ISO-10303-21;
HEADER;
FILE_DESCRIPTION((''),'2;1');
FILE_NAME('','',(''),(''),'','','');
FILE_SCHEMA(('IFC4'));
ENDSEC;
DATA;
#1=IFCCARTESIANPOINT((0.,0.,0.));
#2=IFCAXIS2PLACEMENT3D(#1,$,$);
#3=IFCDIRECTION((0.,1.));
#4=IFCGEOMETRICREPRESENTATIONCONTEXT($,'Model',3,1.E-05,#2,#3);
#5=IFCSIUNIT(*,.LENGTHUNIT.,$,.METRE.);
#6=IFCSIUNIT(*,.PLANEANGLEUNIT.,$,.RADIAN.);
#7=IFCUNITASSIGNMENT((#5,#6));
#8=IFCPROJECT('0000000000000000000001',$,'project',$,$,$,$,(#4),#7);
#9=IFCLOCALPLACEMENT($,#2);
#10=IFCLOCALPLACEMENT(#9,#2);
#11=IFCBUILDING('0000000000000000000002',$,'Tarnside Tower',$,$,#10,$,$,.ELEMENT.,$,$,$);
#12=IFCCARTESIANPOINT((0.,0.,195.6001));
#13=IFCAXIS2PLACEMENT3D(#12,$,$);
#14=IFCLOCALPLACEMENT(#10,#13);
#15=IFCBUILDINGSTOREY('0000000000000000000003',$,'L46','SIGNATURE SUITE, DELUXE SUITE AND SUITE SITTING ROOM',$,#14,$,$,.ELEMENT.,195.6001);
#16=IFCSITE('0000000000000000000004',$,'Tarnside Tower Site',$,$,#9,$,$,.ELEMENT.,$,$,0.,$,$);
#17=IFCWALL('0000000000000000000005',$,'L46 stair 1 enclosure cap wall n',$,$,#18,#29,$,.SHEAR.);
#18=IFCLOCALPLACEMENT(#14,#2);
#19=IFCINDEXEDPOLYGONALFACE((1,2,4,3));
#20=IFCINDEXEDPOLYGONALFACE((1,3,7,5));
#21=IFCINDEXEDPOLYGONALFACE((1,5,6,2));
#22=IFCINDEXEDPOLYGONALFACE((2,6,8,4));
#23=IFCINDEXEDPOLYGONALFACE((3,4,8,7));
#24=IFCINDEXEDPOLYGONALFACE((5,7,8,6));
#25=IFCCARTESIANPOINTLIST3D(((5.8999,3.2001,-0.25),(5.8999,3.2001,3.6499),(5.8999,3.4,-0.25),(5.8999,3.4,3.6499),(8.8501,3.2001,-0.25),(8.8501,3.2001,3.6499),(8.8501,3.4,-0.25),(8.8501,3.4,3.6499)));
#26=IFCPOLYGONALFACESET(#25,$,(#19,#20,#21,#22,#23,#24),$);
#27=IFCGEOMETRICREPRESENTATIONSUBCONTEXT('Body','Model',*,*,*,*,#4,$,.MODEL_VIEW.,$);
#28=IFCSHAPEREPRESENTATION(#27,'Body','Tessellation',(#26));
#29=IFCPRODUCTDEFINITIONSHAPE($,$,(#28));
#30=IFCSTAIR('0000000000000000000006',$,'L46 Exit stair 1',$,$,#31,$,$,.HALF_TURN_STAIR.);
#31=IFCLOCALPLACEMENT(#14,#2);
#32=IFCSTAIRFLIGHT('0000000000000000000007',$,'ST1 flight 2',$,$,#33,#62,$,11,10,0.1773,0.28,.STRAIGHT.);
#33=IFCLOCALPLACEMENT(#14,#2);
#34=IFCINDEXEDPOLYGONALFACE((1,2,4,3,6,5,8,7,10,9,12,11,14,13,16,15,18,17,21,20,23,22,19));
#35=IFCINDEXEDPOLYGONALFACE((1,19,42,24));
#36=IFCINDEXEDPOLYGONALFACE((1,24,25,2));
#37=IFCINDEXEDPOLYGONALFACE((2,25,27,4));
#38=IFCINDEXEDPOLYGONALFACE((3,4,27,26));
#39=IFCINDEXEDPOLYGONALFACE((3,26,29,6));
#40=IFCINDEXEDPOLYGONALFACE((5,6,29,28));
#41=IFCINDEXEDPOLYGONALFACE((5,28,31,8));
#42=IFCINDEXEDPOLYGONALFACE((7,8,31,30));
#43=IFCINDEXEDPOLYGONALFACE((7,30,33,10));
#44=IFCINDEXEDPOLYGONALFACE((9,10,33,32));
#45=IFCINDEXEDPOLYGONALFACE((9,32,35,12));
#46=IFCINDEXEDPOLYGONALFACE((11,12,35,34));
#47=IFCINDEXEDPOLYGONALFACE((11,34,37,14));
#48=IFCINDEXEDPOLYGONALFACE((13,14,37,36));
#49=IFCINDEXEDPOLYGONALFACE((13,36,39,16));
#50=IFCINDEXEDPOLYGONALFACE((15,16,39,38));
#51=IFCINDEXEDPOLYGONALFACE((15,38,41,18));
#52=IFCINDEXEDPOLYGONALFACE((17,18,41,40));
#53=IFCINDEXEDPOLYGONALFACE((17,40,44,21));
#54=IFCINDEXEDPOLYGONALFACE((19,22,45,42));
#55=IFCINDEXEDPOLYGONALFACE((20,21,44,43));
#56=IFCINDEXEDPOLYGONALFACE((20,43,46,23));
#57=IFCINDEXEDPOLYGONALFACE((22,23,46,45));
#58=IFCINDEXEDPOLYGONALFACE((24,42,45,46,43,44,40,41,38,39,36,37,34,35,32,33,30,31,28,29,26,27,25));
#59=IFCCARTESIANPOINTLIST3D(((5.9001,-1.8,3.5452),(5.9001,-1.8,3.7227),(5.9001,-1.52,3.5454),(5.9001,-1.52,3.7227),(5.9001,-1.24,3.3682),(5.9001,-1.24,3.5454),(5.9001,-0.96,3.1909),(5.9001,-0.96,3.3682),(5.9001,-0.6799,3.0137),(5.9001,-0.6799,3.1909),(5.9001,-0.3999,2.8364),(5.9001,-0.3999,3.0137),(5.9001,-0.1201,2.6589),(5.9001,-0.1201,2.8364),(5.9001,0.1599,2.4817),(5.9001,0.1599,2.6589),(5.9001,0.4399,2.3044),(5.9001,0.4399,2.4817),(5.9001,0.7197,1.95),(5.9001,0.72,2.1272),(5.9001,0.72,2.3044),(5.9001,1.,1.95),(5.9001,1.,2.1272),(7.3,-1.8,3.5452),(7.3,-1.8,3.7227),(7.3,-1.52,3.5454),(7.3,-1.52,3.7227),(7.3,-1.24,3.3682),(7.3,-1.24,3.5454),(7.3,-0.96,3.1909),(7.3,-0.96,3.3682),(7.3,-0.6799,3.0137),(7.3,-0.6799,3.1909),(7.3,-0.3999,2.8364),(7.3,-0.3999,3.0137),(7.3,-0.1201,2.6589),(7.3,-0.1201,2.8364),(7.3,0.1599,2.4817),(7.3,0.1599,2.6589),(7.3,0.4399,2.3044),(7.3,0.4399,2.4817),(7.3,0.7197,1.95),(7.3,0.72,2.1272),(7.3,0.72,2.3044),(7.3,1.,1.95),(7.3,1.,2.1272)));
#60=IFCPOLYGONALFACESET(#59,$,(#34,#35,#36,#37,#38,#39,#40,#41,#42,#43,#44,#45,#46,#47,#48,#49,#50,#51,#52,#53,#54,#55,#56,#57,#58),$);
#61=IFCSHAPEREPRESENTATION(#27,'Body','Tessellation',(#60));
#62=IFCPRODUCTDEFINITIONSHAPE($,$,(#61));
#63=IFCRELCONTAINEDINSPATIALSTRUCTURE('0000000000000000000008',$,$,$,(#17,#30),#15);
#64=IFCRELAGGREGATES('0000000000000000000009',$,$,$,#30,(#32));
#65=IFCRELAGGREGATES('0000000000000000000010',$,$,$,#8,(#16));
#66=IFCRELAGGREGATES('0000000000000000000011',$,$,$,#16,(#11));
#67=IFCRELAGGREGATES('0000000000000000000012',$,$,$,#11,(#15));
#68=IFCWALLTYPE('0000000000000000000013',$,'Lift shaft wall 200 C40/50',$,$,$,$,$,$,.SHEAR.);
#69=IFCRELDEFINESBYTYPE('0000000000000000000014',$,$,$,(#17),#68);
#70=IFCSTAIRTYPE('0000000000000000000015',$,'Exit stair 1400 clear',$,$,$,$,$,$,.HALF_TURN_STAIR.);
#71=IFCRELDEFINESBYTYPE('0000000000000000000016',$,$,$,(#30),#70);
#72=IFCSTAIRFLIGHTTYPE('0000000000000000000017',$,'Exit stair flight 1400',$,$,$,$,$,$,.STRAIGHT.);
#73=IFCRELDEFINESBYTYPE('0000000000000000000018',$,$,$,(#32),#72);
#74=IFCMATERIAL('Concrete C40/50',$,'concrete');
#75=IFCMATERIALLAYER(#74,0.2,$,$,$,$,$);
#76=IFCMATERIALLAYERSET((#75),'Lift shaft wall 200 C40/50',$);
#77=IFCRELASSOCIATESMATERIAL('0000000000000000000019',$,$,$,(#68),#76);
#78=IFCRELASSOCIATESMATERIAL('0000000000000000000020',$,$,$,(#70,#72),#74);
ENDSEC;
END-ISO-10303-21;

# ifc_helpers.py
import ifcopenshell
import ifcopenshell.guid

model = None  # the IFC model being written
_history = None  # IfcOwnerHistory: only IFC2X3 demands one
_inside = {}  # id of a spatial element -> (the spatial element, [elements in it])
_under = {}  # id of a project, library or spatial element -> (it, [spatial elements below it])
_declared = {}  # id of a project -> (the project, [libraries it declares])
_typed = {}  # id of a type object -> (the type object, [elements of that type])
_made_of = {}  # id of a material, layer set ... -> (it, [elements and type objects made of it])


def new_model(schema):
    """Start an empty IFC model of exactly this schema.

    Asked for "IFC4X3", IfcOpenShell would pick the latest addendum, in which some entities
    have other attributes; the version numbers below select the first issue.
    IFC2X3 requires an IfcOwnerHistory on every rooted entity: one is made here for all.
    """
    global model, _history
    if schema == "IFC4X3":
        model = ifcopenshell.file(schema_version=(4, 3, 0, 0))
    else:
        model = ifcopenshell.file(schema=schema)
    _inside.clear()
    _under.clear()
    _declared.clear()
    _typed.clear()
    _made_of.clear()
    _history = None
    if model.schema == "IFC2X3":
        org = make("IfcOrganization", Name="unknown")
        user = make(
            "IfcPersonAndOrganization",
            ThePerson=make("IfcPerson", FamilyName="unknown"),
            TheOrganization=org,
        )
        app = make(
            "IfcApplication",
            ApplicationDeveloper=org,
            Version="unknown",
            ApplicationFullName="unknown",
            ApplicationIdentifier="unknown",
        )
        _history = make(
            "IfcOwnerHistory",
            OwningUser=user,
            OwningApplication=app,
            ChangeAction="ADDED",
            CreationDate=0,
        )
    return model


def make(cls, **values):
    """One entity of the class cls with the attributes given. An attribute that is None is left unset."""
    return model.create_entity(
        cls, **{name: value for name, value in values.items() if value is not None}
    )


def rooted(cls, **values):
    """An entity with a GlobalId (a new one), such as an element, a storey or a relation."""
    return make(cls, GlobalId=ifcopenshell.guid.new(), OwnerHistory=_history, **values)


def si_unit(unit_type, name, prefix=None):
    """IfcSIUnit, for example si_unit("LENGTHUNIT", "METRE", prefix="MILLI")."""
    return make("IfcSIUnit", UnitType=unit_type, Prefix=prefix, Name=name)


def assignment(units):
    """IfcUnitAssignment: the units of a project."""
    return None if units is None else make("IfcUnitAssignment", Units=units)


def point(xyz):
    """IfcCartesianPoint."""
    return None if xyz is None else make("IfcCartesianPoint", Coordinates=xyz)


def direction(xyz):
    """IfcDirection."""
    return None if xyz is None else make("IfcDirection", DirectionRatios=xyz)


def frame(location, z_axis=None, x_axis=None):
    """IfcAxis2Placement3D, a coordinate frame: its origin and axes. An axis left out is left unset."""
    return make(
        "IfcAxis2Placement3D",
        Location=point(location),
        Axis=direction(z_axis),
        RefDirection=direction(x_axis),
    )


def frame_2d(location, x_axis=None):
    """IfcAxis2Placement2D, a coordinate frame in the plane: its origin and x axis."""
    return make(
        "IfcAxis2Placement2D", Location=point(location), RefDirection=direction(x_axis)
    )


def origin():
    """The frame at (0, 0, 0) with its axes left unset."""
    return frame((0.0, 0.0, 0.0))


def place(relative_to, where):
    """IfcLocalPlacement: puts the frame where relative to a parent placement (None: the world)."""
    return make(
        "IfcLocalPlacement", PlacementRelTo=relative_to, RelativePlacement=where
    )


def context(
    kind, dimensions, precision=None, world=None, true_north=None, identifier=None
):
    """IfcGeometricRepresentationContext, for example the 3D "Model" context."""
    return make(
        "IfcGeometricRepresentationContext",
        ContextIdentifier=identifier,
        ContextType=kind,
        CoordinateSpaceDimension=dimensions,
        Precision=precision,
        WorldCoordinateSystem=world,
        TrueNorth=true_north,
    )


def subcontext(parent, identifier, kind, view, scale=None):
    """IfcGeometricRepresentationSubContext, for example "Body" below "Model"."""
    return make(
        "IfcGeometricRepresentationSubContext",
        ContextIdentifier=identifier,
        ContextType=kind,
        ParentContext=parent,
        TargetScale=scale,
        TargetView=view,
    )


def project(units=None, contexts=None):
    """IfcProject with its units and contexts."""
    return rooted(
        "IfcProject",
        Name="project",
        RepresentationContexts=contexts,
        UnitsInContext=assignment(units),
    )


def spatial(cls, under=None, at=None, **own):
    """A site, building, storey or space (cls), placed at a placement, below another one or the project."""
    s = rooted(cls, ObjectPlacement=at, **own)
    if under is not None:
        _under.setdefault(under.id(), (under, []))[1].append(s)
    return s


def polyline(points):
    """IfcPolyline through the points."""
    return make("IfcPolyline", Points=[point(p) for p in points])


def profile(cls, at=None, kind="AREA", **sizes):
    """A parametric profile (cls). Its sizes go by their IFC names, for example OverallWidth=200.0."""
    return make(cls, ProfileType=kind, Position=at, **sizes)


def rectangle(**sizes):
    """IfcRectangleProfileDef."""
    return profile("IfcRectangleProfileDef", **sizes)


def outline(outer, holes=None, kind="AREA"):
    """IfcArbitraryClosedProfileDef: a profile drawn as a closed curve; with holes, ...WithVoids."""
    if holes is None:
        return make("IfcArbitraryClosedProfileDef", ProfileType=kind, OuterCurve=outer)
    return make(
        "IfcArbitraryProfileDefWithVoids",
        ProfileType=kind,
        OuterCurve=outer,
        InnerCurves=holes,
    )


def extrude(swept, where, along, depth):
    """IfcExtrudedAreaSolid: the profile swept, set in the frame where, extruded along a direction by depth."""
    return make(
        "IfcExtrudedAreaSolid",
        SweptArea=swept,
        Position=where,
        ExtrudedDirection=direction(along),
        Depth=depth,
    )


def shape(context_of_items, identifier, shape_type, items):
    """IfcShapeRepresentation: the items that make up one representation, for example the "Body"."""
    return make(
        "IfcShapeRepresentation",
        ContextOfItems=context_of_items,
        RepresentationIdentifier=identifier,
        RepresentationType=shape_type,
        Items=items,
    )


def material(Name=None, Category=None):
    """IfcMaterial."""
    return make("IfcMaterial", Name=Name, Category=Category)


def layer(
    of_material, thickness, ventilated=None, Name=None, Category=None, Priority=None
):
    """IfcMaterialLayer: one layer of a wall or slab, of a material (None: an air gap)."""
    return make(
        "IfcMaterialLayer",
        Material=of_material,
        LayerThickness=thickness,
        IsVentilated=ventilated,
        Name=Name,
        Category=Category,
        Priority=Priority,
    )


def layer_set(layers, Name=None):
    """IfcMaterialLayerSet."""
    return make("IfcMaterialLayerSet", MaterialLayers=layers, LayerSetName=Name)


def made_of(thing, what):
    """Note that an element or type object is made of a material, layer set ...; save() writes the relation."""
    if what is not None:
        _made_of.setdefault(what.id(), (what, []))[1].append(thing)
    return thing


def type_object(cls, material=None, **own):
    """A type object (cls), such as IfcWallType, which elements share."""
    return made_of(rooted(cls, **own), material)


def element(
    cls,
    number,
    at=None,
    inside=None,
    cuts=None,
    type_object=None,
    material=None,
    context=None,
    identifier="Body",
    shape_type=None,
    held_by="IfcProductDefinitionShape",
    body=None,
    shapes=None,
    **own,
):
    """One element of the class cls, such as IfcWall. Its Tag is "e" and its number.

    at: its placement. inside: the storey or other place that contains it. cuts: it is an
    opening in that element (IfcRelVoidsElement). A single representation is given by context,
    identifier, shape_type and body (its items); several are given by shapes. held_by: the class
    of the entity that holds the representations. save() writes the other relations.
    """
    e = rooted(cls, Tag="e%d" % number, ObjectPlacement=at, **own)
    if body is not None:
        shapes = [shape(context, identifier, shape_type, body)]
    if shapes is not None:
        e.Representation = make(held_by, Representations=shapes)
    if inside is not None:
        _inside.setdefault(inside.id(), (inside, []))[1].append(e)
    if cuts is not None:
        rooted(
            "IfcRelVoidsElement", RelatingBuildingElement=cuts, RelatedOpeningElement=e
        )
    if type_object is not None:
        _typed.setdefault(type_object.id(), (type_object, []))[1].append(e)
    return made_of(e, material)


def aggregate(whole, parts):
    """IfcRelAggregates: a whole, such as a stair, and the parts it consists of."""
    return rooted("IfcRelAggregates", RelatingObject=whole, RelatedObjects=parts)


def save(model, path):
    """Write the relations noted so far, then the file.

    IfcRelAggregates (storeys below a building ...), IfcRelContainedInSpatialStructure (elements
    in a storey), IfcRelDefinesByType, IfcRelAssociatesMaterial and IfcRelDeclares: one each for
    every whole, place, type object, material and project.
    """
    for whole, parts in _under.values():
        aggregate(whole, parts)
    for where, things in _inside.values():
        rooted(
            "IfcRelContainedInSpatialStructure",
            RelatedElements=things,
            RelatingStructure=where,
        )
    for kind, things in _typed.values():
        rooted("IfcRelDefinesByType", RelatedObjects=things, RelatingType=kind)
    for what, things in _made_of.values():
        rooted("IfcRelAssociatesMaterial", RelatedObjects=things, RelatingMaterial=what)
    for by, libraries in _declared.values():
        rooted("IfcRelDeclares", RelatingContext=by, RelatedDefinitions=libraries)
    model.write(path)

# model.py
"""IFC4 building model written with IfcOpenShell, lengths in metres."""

from ifc_helpers import new_model, si_unit, direction, frame, frame_2d, origin, place, context, subcontext, project, spatial, polyline, rectangle, outline, extrude, material, layer, layer_set, type_object, element, aggregate, save


model = new_model("IFC4")

# Units and contexts
model_context = context("Model", 3, precision=1e-05, world=origin(), true_north=direction((0.0, 1.0)))
body_context = subcontext(model_context, "Body", "Model", "MODEL_VIEW")
ifc_project = project(units=[si_unit("LENGTHUNIT", "METRE"), si_unit("PLANEANGLEUNIT", "RADIAN")], contexts=[model_context])

# Site, building, storey
site_placement = place(None, origin())
site = spatial("IfcSite", under=ifc_project, at=site_placement, Name="Tarnside Tower Site", CompositionType="ELEMENT", RefElevation=0.0)
building_placement = place(site_placement, origin())
building = spatial("IfcBuilding", under=site, at=building_placement, Name="Tarnside Tower", CompositionType="ELEMENT")
storey_placement = place(building_placement, frame((0.0, 0.0, 195.6001)))
storey = spatial("IfcBuildingStorey", under=building, at=storey_placement, Name="L46", Description="SIGNATURE SUITE, DELUXE SUITE AND SUITE SITTING ROOM", CompositionType="ELEMENT", Elevation=195.6001)

# Wall
ifc_material_1 = material(Name="Concrete C40/50", Category="concrete")
ifc_layer_1 = layer(ifc_material_1, 0.2)
ifc_layer_set_1 = layer_set([ifc_layer_1], Name="Lift shaft wall 200 C40/50")
wall_type_1 = type_object("IfcWallType", Name="Lift shaft wall 200 C40/50", PredefinedType="SHEAR", material=ifc_layer_set_1)
wall_1_placement = place(storey_placement, frame((5.8999, 3.3, -0.25), z_axis=(0.0, 0.0, 1.0), x_axis=(1.0, 0.0, 0.0)))
element("IfcWall", 1, at=wall_1_placement, inside=storey, type_object=wall_type_1, Name="L46 stair 1 enclosure cap wall n", PredefinedType="SHEAR", context=body_context, shape_type="SweptSolid", body=[
    extrude(rectangle(XDim=2.9502, YDim=0.2, at=frame_2d((1.4751, 0.0))), origin(), (0.0, 0.0, 1.0), 3.8999),
])

# Stair, stair flight
stair_type = type_object("IfcStairType", Name="Exit stair 1400 clear", PredefinedType="HALF_TURN_STAIR", material=ifc_material_1)
stair_placement = place(storey_placement, origin())
stair = element("IfcStair", 2, at=stair_placement, inside=storey, type_object=stair_type, Name="L46 Exit stair 1", PredefinedType="HALF_TURN_STAIR")
stair_flight_type = type_object("IfcStairFlightType", Name="Exit stair flight 1400", PredefinedType="STRAIGHT", material=ifc_material_1)
stair_flight_placement = place(storey_placement, frame((6.6001, 1.0, 1.95), z_axis=(0.0, 0.0, 1.0), x_axis=(0.0, -1.0, 0.0)))
stair_flight = element("IfcStairFlight", 3, at=stair_flight_placement, type_object=stair_flight_type, Name="ST1 flight 2", NumberOfRisers=11, NumberOfTreads=10, PredefinedType="STRAIGHT", RiserHeight=0.1773, TreadLength=0.28, context=body_context, shape_type="SweptSolid", body=[
    extrude(outline(polyline([(0.0, 0.0), (0.0, 0.1772), (0.28, 0.1772), (0.28, 0.3545), (0.5601, 0.3545), (0.5601, 0.5317), (0.8401, 0.5317), (0.8401, 0.709), (1.1201, 0.709), (1.1201, 0.8865), (1.3999, 0.8865), (1.3999, 1.0637), (1.6799, 1.0637), (1.6799, 1.241), (1.96, 1.241), (1.96, 1.4182), (2.24, 1.4182), (2.24, 1.5955), (2.52, 1.5955), (2.52, 1.7727), (2.8, 1.7727), (2.8, 1.95), (2.8, 1.5952), (0.2803, 0.0), (0.0, 0.0)])), frame((0.0, 0.7, 0.0), z_axis=(0.0, -1.0, 0.0), x_axis=(1.0, 0.0, 0.0)), (0.0, 0.0, 1.0), 1.3999),
])
aggregate(stair, [stair_flight])

save(model, "model.ifc")
